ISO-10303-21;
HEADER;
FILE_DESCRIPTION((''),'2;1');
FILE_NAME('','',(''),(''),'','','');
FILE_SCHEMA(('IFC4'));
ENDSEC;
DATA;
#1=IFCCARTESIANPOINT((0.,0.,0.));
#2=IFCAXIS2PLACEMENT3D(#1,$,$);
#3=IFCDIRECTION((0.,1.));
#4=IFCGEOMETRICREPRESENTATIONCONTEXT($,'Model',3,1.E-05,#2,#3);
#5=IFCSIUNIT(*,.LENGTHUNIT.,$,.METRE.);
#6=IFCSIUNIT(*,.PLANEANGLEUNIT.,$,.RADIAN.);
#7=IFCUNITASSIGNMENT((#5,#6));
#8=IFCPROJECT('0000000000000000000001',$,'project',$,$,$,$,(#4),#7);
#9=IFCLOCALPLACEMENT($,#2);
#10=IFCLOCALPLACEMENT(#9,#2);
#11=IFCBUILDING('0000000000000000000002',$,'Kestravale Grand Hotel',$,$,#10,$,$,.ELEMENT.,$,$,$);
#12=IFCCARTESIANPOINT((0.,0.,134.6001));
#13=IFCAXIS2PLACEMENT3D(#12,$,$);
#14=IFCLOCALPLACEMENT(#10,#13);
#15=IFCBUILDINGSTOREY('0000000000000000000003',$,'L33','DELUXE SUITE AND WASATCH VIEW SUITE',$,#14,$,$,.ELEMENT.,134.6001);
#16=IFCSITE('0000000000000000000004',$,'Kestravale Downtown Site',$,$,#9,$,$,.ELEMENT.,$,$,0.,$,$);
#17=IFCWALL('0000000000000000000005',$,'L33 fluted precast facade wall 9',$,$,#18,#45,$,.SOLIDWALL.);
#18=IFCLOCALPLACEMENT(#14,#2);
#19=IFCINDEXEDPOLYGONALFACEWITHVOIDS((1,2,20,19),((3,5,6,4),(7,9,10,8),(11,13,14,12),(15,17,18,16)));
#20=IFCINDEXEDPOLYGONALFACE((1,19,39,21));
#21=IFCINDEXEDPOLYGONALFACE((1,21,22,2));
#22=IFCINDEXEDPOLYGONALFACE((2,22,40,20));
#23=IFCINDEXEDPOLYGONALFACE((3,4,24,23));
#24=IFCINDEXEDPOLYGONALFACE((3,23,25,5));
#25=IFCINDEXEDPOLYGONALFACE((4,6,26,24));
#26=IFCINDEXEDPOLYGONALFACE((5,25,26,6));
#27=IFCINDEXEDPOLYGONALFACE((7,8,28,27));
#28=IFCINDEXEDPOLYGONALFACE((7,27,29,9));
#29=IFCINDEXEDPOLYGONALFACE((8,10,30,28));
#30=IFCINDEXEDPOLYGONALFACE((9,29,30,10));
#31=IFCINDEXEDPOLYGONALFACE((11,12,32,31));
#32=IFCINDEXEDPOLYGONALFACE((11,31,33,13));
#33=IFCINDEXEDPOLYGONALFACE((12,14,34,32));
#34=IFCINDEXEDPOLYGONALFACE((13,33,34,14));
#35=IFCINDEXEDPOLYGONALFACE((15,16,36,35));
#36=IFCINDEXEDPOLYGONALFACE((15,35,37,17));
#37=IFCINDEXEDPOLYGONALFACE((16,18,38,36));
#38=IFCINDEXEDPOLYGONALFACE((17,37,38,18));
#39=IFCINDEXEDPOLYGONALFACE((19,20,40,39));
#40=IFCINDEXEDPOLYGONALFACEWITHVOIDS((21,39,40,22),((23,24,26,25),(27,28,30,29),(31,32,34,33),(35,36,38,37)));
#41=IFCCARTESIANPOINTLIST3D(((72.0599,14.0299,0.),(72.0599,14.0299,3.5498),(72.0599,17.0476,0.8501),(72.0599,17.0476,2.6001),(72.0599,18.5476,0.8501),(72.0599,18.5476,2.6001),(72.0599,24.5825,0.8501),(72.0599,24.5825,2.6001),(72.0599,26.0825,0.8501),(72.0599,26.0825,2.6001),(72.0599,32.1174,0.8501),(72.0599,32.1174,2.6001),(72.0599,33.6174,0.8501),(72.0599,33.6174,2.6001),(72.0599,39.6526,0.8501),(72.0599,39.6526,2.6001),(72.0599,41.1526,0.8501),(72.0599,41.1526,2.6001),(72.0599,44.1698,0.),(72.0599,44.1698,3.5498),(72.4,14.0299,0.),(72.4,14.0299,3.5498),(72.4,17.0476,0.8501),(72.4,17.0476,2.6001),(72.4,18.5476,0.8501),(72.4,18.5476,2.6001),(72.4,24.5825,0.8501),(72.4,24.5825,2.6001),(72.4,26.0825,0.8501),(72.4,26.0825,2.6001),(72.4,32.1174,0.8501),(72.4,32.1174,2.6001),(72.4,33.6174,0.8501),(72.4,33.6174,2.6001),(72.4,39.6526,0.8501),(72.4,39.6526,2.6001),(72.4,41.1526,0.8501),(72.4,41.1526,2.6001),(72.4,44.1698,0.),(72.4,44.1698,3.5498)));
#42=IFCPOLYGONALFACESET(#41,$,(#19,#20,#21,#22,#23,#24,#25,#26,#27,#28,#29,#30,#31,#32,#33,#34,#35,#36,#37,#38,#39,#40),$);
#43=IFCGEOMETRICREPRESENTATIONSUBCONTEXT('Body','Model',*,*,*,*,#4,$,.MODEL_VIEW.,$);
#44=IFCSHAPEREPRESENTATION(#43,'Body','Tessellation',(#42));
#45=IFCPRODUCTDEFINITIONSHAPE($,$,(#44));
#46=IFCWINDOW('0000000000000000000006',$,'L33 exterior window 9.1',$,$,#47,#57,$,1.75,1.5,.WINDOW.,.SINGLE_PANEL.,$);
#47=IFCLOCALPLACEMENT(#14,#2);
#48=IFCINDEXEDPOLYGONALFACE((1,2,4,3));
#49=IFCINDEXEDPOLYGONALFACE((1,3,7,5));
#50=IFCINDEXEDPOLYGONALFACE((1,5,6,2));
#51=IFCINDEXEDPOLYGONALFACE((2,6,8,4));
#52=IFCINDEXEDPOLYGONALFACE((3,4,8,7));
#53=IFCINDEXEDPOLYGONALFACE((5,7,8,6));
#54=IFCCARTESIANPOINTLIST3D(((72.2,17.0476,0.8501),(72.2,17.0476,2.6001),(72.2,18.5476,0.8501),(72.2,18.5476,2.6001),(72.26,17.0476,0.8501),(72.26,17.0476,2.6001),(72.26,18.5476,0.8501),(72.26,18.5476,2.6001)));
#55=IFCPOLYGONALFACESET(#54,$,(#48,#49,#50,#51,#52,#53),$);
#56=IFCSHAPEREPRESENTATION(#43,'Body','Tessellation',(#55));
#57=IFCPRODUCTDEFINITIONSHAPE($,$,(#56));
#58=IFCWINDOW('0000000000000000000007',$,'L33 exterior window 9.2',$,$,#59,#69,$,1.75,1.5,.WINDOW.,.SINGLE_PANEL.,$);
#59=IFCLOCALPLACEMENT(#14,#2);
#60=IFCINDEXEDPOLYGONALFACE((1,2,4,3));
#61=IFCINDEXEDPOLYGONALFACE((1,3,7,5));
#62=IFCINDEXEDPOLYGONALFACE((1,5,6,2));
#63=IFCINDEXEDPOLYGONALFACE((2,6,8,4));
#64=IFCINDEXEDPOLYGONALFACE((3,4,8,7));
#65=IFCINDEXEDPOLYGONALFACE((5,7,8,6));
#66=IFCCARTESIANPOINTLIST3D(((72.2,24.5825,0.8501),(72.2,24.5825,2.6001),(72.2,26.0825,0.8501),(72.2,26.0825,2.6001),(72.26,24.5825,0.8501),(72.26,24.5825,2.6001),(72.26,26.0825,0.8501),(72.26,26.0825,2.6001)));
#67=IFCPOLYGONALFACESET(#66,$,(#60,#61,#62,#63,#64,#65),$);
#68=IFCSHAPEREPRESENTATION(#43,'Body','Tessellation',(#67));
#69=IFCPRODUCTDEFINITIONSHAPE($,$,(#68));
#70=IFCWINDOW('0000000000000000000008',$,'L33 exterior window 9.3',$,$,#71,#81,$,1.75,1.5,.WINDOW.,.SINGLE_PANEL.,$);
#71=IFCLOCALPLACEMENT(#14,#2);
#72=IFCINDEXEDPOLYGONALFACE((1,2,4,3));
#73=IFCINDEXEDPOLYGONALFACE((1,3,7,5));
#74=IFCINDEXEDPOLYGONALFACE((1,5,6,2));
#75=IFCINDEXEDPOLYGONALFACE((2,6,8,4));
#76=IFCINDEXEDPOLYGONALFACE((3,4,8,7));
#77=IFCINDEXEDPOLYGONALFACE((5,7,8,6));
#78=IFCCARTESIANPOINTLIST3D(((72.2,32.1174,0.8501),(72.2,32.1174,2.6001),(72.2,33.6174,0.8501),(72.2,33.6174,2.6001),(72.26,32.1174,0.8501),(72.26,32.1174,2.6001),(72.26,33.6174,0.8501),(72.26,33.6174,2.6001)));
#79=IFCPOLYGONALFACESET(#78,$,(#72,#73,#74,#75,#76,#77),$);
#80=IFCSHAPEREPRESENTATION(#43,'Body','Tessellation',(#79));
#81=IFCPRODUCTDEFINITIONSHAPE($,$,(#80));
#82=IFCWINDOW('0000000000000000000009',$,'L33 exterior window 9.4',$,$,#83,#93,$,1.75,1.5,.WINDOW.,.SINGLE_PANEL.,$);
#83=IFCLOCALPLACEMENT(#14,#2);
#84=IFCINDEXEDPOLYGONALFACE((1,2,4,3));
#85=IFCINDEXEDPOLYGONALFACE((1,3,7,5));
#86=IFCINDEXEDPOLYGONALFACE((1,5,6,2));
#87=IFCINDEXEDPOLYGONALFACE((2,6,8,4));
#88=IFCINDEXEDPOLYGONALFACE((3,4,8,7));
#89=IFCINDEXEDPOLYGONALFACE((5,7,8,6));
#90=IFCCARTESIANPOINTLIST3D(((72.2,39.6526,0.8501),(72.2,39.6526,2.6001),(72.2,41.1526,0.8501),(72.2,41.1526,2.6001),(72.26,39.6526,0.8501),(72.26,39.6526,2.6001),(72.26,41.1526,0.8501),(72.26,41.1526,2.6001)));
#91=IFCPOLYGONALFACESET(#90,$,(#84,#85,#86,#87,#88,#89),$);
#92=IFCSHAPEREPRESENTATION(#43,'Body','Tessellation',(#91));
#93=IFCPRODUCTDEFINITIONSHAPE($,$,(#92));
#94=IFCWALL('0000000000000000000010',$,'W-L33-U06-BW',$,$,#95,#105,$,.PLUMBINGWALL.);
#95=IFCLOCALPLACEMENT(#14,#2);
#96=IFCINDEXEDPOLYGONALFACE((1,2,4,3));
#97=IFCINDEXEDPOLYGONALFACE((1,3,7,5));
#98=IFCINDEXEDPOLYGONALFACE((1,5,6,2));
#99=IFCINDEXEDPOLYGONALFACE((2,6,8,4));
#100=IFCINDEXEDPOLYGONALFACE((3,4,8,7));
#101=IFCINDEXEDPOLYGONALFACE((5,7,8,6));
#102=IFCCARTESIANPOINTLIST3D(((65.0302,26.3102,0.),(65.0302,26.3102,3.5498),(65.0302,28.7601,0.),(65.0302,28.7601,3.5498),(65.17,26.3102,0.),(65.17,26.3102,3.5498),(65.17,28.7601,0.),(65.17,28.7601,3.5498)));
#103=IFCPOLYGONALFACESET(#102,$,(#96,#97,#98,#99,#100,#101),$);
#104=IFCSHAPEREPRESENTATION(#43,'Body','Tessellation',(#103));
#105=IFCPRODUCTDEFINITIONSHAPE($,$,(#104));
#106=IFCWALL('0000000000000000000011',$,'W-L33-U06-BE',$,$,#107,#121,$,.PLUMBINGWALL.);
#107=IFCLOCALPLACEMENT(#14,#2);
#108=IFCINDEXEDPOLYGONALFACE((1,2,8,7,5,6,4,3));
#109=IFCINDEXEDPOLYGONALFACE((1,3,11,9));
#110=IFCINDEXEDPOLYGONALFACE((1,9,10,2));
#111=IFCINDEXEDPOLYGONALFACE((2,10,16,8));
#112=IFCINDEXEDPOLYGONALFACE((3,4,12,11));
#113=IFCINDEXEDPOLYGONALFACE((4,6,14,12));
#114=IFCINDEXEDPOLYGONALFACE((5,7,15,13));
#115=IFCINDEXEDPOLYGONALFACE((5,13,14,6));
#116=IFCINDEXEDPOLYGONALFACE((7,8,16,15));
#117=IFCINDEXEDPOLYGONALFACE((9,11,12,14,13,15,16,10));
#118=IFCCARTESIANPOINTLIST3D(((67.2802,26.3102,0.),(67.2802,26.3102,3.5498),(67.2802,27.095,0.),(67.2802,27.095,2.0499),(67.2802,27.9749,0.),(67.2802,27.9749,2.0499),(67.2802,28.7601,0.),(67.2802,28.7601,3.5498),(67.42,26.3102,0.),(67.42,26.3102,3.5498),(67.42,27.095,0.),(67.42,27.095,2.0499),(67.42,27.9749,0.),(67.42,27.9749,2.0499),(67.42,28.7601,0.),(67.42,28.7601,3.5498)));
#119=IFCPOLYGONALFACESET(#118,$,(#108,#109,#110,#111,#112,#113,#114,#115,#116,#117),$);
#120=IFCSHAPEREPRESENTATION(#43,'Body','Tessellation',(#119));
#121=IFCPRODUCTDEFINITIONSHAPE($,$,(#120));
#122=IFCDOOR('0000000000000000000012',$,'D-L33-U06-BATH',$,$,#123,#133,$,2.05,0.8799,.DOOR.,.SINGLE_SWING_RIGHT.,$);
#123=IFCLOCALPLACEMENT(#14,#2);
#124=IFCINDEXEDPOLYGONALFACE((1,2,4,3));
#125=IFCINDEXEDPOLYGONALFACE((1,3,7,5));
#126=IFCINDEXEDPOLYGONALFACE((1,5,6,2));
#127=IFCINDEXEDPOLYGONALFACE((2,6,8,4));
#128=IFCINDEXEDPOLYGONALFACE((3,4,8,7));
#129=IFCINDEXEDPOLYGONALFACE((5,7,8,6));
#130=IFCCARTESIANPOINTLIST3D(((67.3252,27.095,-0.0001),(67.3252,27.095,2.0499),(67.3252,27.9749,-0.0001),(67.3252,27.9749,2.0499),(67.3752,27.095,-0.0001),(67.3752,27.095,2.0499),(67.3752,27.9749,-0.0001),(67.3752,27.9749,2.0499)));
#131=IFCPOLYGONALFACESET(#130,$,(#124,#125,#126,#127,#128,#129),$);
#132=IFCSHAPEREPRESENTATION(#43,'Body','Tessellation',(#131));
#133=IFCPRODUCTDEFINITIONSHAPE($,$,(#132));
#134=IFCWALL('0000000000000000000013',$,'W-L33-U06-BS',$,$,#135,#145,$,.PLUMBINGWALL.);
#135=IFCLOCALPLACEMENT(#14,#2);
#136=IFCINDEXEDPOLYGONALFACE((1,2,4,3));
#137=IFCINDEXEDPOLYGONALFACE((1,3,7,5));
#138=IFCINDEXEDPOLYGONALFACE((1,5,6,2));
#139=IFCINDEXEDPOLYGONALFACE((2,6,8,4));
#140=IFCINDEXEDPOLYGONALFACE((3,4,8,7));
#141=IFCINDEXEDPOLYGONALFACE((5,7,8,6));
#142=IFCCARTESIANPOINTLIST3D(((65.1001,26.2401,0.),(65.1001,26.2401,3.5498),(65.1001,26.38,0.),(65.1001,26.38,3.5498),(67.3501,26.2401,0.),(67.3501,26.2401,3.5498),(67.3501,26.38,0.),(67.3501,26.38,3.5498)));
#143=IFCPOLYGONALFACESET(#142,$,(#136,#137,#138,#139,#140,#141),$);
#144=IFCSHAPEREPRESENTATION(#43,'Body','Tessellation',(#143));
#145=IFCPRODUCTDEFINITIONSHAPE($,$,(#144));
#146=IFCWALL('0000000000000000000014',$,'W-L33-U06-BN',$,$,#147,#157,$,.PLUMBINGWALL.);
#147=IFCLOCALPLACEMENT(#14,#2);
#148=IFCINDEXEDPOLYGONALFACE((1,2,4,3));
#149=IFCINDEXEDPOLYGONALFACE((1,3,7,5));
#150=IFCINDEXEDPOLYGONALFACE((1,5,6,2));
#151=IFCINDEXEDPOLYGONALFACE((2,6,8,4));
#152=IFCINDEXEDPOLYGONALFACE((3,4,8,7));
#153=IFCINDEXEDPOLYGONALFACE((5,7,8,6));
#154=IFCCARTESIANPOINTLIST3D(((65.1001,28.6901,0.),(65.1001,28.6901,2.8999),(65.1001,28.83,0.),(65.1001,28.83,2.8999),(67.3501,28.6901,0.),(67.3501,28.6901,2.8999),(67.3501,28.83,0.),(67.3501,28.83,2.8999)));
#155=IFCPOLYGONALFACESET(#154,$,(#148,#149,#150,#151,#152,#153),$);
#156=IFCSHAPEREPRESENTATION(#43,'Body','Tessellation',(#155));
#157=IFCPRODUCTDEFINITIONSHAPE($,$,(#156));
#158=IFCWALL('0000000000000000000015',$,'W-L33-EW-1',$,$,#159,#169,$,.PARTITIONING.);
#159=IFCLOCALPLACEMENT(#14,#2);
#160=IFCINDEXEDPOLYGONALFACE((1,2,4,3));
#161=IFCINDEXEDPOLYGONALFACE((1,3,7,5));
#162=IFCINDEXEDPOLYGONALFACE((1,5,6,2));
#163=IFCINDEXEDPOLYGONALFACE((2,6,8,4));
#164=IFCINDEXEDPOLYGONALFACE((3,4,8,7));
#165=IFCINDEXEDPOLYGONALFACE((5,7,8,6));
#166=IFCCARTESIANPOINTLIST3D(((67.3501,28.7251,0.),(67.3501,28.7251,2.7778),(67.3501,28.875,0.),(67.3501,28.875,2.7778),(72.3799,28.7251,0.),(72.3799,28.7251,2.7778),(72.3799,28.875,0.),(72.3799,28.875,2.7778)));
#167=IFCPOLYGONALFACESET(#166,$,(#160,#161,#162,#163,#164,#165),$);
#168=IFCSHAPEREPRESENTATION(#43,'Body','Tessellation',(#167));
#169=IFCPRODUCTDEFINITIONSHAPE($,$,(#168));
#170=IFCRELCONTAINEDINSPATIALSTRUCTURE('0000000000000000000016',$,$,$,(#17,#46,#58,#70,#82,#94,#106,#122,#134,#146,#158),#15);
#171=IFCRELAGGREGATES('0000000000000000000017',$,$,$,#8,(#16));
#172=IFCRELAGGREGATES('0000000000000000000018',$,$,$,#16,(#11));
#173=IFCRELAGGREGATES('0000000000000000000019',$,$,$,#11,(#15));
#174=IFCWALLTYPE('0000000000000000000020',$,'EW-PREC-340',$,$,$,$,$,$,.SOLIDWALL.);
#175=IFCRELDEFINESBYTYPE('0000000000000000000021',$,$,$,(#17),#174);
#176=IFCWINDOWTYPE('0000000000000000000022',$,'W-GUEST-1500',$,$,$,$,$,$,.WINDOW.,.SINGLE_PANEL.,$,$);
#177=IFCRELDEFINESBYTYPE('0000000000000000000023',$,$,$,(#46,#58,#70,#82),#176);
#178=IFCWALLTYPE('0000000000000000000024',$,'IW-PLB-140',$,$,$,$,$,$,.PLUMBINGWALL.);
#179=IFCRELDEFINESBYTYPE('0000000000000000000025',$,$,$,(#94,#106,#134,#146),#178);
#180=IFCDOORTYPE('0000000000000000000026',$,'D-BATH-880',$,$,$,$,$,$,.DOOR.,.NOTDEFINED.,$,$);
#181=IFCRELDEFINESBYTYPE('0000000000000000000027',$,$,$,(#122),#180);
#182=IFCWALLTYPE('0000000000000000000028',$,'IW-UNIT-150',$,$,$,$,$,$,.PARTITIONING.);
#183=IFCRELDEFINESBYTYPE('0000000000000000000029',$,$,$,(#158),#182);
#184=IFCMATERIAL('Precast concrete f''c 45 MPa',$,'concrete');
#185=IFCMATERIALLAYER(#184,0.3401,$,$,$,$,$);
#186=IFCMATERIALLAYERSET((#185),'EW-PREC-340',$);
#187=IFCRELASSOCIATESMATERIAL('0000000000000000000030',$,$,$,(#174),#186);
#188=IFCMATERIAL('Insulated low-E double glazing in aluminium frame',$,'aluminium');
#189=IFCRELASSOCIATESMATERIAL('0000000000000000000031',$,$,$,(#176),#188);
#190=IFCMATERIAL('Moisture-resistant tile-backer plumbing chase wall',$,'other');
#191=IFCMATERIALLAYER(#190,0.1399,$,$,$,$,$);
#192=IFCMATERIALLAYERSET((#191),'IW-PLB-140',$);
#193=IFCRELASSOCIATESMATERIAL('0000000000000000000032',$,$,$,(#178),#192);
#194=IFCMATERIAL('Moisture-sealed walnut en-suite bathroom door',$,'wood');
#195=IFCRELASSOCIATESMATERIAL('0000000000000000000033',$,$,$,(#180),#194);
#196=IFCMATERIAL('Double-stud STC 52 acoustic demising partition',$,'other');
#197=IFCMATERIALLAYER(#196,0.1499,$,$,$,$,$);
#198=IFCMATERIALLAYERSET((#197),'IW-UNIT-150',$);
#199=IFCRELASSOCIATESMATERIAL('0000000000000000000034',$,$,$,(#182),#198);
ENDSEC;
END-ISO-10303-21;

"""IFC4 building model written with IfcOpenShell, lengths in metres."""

from ifc_helpers import new_model, si_unit, direction, frame, frame_2d, origin, place, context, subcontext, project, spatial, rectangle, extrude, material, layer, layer_set, type_object, element, fill, save


model = new_model("IFC4")

# Units and contexts
model_context = context("Model", 3, precision=1e-05, world=origin(), true_north=direction((0.0, 1.0)))
body_context = subcontext(model_context, "Body", "Model", "MODEL_VIEW")
ifc_project = project(units=[si_unit("LENGTHUNIT", "METRE"), si_unit("PLANEANGLEUNIT", "RADIAN")], contexts=[model_context])

# Site, building, storey
site_placement = place(None, origin())
site = spatial("IfcSite", under=ifc_project, at=site_placement, Name="Kestravale Downtown Site", CompositionType="ELEMENT", RefElevation=0.0)
building_placement = place(site_placement, origin())
building = spatial("IfcBuilding", under=site, at=building_placement, Name="Kestravale Grand Hotel", CompositionType="ELEMENT")
storey_placement = place(building_placement, frame((0.0, 0.0, 134.6001)))
storey = spatial("IfcBuildingStorey", under=building, at=storey_placement, Name="L33", Description="DELUXE SUITE AND WASATCH VIEW SUITE", CompositionType="ELEMENT", Elevation=134.6001)

# Shared definitions
ifc_material_1 = material(Name="Precast concrete f'c 45 MPa", Category="concrete")
ifc_layer_1 = layer(ifc_material_1, 0.3401)
ifc_layer_set_1 = layer_set([ifc_layer_1], Name="EW-PREC-340")
wall_type_1 = type_object("IfcWallType", Name="EW-PREC-340", PredefinedType="SOLIDWALL", material=ifc_layer_set_1)

# Wall, openings, windows
wall_1_placement = place(storey_placement, frame((72.23, 14.03, 0.0), z_axis=(0.0, 0.0, 1.0), x_axis=(0.0, 1.0, 0.0)))
wall_1 = element("IfcWall", 1, at=wall_1_placement, inside=storey, type_object=wall_type_1, Name="L33 fluted precast facade wall 9", PredefinedType="SOLIDWALL", context=body_context, shape_type="SweptSolid", body=[
    extrude(rectangle(XDim=30.1399, YDim=0.3401, at=frame_2d((15.0698, 0.0))), origin(), (0.0, 0.0, 1.0), 3.5498),
])
opening_1_placement = place(wall_1_placement, frame((3.0176, 0.0, 0.8501)))
opening_1 = element("IfcOpeningElement", 2, at=opening_1_placement, cuts=wall_1, PredefinedType="OPENING", context=body_context, shape_type="SweptSolid", body=[
    extrude(rectangle(XDim=1.5, YDim=1.75, at=frame_2d((0.75, 0.875))), frame((0.0, 0.1799, 0.0), z_axis=(0.0, -1.0, 0.0), x_axis=(1.0, 0.0, 0.0)), (0.0, 0.0, 1.0), 0.3601),
])
opening_2_placement = place(wall_1_placement, frame((10.5525, 0.0, 0.8501)))
opening_2 = element("IfcOpeningElement", 3, at=opening_2_placement, cuts=wall_1, PredefinedType="OPENING", context=body_context, shape_type="SweptSolid", body=[
    extrude(rectangle(XDim=1.5, YDim=1.75, at=frame_2d((0.75, 0.875))), frame((0.0, 0.1799, 0.0), z_axis=(0.0, -1.0, 0.0), x_axis=(1.0, 0.0, 0.0)), (0.0, 0.0, 1.0), 0.3601),
])
opening_3_placement = place(wall_1_placement, frame((18.0874, 0.0, 0.8501)))
opening_3 = element("IfcOpeningElement", 4, at=opening_3_placement, cuts=wall_1, PredefinedType="OPENING", context=body_context, shape_type="SweptSolid", body=[
    extrude(rectangle(XDim=1.5, YDim=1.75, at=frame_2d((0.75, 0.875))), frame((0.0, 0.1799, 0.0), z_axis=(0.0, -1.0, 0.0), x_axis=(1.0, 0.0, 0.0)), (0.0, 0.0, 1.0), 0.3601),
])
opening_4_placement = place(wall_1_placement, frame((25.6226, 0.0, 0.8501)))
opening_4 = element("IfcOpeningElement", 5, at=opening_4_placement, cuts=wall_1, PredefinedType="OPENING", context=body_context, shape_type="SweptSolid", body=[
    extrude(rectangle(XDim=1.5, YDim=1.75, at=frame_2d((0.75, 0.875))), frame((0.0, 0.1799, 0.0), z_axis=(0.0, -1.0, 0.0), x_axis=(1.0, 0.0, 0.0)), (0.0, 0.0, 1.0), 0.3601),
])
ifc_material_2 = material(Name="Insulated low-E double glazing in aluminium frame", Category="aluminium")
window_type = type_object("IfcWindowType", Name="W-GUEST-1500", PartitioningType="SINGLE_PANEL", PredefinedType="WINDOW", material=ifc_material_2)
window_1_placement = place(opening_1_placement, origin())
window_1 = element("IfcWindow", 6, at=window_1_placement, inside=storey, type_object=window_type, Name="L33 exterior window 9.1", OverallHeight=1.75, OverallWidth=1.5, PartitioningType="SINGLE_PANEL", PredefinedType="WINDOW", context=body_context, shape_type="SweptSolid", body=[
    extrude(rectangle(XDim=1.5, YDim=1.75, at=frame_2d((0.75, 0.875))), frame((0.0, 0.03, 0.0), z_axis=(0.0, -1.0, 0.0), x_axis=(1.0, 0.0, 0.0)), (0.0, 0.0, 1.0), 0.0601),
])
fill(opening_1, window_1)
window_2_placement = place(opening_2_placement, origin())
window_2 = element("IfcWindow", 7, at=window_2_placement, inside=storey, type_object=window_type, Name="L33 exterior window 9.2", OverallHeight=1.75, OverallWidth=1.5, PartitioningType="SINGLE_PANEL", PredefinedType="WINDOW", context=body_context, shape_type="SweptSolid", body=[
    extrude(rectangle(XDim=1.5, YDim=1.75, at=frame_2d((0.75, 0.875))), frame((0.0, 0.03, 0.0), z_axis=(0.0, -1.0, 0.0), x_axis=(1.0, 0.0, 0.0)), (0.0, 0.0, 1.0), 0.0601),
])
fill(opening_2, window_2)
window_3_placement = place(opening_3_placement, origin())
window_3 = element("IfcWindow", 8, at=window_3_placement, inside=storey, type_object=window_type, Name="L33 exterior window 9.3", OverallHeight=1.75, OverallWidth=1.5, PartitioningType="SINGLE_PANEL", PredefinedType="WINDOW", context=body_context, shape_type="SweptSolid", body=[
    extrude(rectangle(XDim=1.5, YDim=1.75, at=frame_2d((0.75, 0.875))), frame((0.0, 0.03, 0.0), z_axis=(0.0, -1.0, 0.0), x_axis=(1.0, 0.0, 0.0)), (0.0, 0.0, 1.0), 0.0601),
])
fill(opening_3, window_3)
window_4_placement = place(opening_4_placement, origin())
window_4 = element("IfcWindow", 9, at=window_4_placement, inside=storey, type_object=window_type, Name="L33 exterior window 9.4", OverallHeight=1.75, OverallWidth=1.5, PartitioningType="SINGLE_PANEL", PredefinedType="WINDOW", context=body_context, shape_type="SweptSolid", body=[
    extrude(rectangle(XDim=1.5, YDim=1.75, at=frame_2d((0.75, 0.875))), frame((0.0, 0.03, 0.0), z_axis=(0.0, -1.0, 0.0), x_axis=(1.0, 0.0, 0.0)), (0.0, 0.0, 1.0), 0.0601),
])
fill(opening_4, window_4)

# Wall
ifc_material_3 = material(Name="Moisture-resistant tile-backer plumbing chase wall", Category="other")
ifc_layer_2 = layer(ifc_material_3, 0.1399)
ifc_layer_set_2 = layer_set([ifc_layer_2], Name="IW-PLB-140")
wall_type_2 = type_object("IfcWallType", Name="IW-PLB-140", PredefinedType="PLUMBINGWALL", material=ifc_layer_set_2)
wall_2_placement = place(storey_placement, frame((65.1001, 26.3101, 0.0), z_axis=(0.0, 0.0, 1.0), x_axis=(0.0, 1.0, 0.0)))
element("IfcWall", 10, at=wall_2_placement, inside=storey, type_object=wall_type_2, Name="W-L33-U06-BW", PredefinedType="PLUMBINGWALL", context=body_context, shape_type="SweptSolid", body=[
    extrude(rectangle(XDim=2.45, YDim=0.1399, at=frame_2d((1.2251, 0.0))), origin(), (0.0, 0.0, 1.0), 3.5498),
])

# Wall, opening, door
wall_3_placement = place(storey_placement, frame((67.3501, 26.3101, 0.0), z_axis=(0.0, 0.0, 1.0), x_axis=(0.0, 1.0, 0.0)))
wall_3 = element("IfcWall", 11, at=wall_3_placement, inside=storey, type_object=wall_type_2, Name="W-L33-U06-BE", PredefinedType="PLUMBINGWALL", context=body_context, shape_type="SweptSolid", body=[
    extrude(rectangle(XDim=2.45, YDim=0.1399, at=frame_2d((1.2251, 0.0))), origin(), (0.0, 0.0, 1.0), 3.5498),
])
opening_5_placement = place(wall_3_placement, frame((0.7849, 0.0, 0.0)))
opening_5 = element("IfcOpeningElement", 12, at=opening_5_placement, cuts=wall_3, PredefinedType="OPENING", context=body_context, shape_type="SweptSolid", body=[
    extrude(rectangle(XDim=0.8799, YDim=2.05, at=frame_2d((0.4399, 1.0249))), frame((0.0, 0.0798, 0.0), z_axis=(0.0, -1.0, 0.0), x_axis=(1.0, 0.0, 0.0)), (0.0, 0.0, 1.0), 0.1599),
])
ifc_material_4 = material(Name="Moisture-sealed walnut en-suite bathroom door", Category="wood")
door_type_1 = type_object("IfcDoorType", Name="D-BATH-880", OperationType="NOTDEFINED", PredefinedType="DOOR", material=ifc_material_4)
door_1_placement = place(opening_5_placement, origin())
door_1 = element("IfcDoor", 13, at=door_1_placement, inside=storey, type_object=door_type_1, Name="D-L33-U06-BATH", OperationType="SINGLE_SWING_RIGHT", OverallHeight=2.05, OverallWidth=0.8799, PredefinedType="DOOR", context=body_context, shape_type="SweptSolid", body=[
    extrude(rectangle(XDim=0.8799, YDim=2.05, at=frame_2d((0.4399, 1.0249))), frame((0.0, 0.0249, 0.0), z_axis=(0.0, -1.0, 0.0), x_axis=(1.0, 0.0, 0.0)), (0.0, 0.0, 1.0), 0.05),
])
fill(opening_5, door_1)

# Walls
wall_4_placement = place(storey_placement, frame((65.1001, 26.3101, 0.0), z_axis=(0.0, 0.0, 1.0), x_axis=(1.0, 0.0, 0.0)))
element("IfcWall", 14, at=wall_4_placement, inside=storey, type_object=wall_type_2, Name="W-L33-U06-BS", PredefinedType="PLUMBINGWALL", context=body_context, shape_type="SweptSolid", body=[
    extrude(rectangle(XDim=2.25, YDim=0.1399, at=frame_2d((1.125, 0.0))), origin(), (0.0, 0.0, 1.0), 3.5498),
])
wall_5_placement = place(storey_placement, frame((65.1001, 28.76, 0.0), z_axis=(0.0, 0.0, 1.0), x_axis=(1.0, 0.0, 0.0)))
element("IfcWall", 15, at=wall_5_placement, inside=storey, type_object=wall_type_2, Name="W-L33-U06-BN", PredefinedType="PLUMBINGWALL", context=body_context, shape_type="SweptSolid", body=[
    extrude(rectangle(XDim=2.25, YDim=0.1399, at=frame_2d((1.125, 0.0))), origin(), (0.0, 0.0, 1.0), 2.8999),
])
ifc_material_5 = material(Name="Double-stud STC 52 acoustic demising partition", Category="other")
ifc_layer_3 = layer(ifc_material_5, 0.1499)
ifc_layer_set_3 = layer_set([ifc_layer_3], Name="IW-UNIT-150")
wall_type_3 = type_object("IfcWallType", Name="IW-UNIT-150", PredefinedType="PARTITIONING", material=ifc_layer_set_3)
wall_6_placement = place(storey_placement, frame((67.3501, 28.8, 0.0), z_axis=(0.0, 0.0, 1.0), x_axis=(1.0, 0.0, 0.0)))
element("IfcWall", 16, at=wall_6_placement, inside=storey, type_object=wall_type_3, Name="W-L33-EW-1", PredefinedType="PARTITIONING", context=body_context, shape_type="SweptSolid", body=[
    extrude(rectangle(XDim=5.0298, YDim=0.1499, at=frame_2d((2.5149, 0.0))), origin(), (0.0, 0.0, 1.0), 2.7778),
])

save(model, "model.ifc")
